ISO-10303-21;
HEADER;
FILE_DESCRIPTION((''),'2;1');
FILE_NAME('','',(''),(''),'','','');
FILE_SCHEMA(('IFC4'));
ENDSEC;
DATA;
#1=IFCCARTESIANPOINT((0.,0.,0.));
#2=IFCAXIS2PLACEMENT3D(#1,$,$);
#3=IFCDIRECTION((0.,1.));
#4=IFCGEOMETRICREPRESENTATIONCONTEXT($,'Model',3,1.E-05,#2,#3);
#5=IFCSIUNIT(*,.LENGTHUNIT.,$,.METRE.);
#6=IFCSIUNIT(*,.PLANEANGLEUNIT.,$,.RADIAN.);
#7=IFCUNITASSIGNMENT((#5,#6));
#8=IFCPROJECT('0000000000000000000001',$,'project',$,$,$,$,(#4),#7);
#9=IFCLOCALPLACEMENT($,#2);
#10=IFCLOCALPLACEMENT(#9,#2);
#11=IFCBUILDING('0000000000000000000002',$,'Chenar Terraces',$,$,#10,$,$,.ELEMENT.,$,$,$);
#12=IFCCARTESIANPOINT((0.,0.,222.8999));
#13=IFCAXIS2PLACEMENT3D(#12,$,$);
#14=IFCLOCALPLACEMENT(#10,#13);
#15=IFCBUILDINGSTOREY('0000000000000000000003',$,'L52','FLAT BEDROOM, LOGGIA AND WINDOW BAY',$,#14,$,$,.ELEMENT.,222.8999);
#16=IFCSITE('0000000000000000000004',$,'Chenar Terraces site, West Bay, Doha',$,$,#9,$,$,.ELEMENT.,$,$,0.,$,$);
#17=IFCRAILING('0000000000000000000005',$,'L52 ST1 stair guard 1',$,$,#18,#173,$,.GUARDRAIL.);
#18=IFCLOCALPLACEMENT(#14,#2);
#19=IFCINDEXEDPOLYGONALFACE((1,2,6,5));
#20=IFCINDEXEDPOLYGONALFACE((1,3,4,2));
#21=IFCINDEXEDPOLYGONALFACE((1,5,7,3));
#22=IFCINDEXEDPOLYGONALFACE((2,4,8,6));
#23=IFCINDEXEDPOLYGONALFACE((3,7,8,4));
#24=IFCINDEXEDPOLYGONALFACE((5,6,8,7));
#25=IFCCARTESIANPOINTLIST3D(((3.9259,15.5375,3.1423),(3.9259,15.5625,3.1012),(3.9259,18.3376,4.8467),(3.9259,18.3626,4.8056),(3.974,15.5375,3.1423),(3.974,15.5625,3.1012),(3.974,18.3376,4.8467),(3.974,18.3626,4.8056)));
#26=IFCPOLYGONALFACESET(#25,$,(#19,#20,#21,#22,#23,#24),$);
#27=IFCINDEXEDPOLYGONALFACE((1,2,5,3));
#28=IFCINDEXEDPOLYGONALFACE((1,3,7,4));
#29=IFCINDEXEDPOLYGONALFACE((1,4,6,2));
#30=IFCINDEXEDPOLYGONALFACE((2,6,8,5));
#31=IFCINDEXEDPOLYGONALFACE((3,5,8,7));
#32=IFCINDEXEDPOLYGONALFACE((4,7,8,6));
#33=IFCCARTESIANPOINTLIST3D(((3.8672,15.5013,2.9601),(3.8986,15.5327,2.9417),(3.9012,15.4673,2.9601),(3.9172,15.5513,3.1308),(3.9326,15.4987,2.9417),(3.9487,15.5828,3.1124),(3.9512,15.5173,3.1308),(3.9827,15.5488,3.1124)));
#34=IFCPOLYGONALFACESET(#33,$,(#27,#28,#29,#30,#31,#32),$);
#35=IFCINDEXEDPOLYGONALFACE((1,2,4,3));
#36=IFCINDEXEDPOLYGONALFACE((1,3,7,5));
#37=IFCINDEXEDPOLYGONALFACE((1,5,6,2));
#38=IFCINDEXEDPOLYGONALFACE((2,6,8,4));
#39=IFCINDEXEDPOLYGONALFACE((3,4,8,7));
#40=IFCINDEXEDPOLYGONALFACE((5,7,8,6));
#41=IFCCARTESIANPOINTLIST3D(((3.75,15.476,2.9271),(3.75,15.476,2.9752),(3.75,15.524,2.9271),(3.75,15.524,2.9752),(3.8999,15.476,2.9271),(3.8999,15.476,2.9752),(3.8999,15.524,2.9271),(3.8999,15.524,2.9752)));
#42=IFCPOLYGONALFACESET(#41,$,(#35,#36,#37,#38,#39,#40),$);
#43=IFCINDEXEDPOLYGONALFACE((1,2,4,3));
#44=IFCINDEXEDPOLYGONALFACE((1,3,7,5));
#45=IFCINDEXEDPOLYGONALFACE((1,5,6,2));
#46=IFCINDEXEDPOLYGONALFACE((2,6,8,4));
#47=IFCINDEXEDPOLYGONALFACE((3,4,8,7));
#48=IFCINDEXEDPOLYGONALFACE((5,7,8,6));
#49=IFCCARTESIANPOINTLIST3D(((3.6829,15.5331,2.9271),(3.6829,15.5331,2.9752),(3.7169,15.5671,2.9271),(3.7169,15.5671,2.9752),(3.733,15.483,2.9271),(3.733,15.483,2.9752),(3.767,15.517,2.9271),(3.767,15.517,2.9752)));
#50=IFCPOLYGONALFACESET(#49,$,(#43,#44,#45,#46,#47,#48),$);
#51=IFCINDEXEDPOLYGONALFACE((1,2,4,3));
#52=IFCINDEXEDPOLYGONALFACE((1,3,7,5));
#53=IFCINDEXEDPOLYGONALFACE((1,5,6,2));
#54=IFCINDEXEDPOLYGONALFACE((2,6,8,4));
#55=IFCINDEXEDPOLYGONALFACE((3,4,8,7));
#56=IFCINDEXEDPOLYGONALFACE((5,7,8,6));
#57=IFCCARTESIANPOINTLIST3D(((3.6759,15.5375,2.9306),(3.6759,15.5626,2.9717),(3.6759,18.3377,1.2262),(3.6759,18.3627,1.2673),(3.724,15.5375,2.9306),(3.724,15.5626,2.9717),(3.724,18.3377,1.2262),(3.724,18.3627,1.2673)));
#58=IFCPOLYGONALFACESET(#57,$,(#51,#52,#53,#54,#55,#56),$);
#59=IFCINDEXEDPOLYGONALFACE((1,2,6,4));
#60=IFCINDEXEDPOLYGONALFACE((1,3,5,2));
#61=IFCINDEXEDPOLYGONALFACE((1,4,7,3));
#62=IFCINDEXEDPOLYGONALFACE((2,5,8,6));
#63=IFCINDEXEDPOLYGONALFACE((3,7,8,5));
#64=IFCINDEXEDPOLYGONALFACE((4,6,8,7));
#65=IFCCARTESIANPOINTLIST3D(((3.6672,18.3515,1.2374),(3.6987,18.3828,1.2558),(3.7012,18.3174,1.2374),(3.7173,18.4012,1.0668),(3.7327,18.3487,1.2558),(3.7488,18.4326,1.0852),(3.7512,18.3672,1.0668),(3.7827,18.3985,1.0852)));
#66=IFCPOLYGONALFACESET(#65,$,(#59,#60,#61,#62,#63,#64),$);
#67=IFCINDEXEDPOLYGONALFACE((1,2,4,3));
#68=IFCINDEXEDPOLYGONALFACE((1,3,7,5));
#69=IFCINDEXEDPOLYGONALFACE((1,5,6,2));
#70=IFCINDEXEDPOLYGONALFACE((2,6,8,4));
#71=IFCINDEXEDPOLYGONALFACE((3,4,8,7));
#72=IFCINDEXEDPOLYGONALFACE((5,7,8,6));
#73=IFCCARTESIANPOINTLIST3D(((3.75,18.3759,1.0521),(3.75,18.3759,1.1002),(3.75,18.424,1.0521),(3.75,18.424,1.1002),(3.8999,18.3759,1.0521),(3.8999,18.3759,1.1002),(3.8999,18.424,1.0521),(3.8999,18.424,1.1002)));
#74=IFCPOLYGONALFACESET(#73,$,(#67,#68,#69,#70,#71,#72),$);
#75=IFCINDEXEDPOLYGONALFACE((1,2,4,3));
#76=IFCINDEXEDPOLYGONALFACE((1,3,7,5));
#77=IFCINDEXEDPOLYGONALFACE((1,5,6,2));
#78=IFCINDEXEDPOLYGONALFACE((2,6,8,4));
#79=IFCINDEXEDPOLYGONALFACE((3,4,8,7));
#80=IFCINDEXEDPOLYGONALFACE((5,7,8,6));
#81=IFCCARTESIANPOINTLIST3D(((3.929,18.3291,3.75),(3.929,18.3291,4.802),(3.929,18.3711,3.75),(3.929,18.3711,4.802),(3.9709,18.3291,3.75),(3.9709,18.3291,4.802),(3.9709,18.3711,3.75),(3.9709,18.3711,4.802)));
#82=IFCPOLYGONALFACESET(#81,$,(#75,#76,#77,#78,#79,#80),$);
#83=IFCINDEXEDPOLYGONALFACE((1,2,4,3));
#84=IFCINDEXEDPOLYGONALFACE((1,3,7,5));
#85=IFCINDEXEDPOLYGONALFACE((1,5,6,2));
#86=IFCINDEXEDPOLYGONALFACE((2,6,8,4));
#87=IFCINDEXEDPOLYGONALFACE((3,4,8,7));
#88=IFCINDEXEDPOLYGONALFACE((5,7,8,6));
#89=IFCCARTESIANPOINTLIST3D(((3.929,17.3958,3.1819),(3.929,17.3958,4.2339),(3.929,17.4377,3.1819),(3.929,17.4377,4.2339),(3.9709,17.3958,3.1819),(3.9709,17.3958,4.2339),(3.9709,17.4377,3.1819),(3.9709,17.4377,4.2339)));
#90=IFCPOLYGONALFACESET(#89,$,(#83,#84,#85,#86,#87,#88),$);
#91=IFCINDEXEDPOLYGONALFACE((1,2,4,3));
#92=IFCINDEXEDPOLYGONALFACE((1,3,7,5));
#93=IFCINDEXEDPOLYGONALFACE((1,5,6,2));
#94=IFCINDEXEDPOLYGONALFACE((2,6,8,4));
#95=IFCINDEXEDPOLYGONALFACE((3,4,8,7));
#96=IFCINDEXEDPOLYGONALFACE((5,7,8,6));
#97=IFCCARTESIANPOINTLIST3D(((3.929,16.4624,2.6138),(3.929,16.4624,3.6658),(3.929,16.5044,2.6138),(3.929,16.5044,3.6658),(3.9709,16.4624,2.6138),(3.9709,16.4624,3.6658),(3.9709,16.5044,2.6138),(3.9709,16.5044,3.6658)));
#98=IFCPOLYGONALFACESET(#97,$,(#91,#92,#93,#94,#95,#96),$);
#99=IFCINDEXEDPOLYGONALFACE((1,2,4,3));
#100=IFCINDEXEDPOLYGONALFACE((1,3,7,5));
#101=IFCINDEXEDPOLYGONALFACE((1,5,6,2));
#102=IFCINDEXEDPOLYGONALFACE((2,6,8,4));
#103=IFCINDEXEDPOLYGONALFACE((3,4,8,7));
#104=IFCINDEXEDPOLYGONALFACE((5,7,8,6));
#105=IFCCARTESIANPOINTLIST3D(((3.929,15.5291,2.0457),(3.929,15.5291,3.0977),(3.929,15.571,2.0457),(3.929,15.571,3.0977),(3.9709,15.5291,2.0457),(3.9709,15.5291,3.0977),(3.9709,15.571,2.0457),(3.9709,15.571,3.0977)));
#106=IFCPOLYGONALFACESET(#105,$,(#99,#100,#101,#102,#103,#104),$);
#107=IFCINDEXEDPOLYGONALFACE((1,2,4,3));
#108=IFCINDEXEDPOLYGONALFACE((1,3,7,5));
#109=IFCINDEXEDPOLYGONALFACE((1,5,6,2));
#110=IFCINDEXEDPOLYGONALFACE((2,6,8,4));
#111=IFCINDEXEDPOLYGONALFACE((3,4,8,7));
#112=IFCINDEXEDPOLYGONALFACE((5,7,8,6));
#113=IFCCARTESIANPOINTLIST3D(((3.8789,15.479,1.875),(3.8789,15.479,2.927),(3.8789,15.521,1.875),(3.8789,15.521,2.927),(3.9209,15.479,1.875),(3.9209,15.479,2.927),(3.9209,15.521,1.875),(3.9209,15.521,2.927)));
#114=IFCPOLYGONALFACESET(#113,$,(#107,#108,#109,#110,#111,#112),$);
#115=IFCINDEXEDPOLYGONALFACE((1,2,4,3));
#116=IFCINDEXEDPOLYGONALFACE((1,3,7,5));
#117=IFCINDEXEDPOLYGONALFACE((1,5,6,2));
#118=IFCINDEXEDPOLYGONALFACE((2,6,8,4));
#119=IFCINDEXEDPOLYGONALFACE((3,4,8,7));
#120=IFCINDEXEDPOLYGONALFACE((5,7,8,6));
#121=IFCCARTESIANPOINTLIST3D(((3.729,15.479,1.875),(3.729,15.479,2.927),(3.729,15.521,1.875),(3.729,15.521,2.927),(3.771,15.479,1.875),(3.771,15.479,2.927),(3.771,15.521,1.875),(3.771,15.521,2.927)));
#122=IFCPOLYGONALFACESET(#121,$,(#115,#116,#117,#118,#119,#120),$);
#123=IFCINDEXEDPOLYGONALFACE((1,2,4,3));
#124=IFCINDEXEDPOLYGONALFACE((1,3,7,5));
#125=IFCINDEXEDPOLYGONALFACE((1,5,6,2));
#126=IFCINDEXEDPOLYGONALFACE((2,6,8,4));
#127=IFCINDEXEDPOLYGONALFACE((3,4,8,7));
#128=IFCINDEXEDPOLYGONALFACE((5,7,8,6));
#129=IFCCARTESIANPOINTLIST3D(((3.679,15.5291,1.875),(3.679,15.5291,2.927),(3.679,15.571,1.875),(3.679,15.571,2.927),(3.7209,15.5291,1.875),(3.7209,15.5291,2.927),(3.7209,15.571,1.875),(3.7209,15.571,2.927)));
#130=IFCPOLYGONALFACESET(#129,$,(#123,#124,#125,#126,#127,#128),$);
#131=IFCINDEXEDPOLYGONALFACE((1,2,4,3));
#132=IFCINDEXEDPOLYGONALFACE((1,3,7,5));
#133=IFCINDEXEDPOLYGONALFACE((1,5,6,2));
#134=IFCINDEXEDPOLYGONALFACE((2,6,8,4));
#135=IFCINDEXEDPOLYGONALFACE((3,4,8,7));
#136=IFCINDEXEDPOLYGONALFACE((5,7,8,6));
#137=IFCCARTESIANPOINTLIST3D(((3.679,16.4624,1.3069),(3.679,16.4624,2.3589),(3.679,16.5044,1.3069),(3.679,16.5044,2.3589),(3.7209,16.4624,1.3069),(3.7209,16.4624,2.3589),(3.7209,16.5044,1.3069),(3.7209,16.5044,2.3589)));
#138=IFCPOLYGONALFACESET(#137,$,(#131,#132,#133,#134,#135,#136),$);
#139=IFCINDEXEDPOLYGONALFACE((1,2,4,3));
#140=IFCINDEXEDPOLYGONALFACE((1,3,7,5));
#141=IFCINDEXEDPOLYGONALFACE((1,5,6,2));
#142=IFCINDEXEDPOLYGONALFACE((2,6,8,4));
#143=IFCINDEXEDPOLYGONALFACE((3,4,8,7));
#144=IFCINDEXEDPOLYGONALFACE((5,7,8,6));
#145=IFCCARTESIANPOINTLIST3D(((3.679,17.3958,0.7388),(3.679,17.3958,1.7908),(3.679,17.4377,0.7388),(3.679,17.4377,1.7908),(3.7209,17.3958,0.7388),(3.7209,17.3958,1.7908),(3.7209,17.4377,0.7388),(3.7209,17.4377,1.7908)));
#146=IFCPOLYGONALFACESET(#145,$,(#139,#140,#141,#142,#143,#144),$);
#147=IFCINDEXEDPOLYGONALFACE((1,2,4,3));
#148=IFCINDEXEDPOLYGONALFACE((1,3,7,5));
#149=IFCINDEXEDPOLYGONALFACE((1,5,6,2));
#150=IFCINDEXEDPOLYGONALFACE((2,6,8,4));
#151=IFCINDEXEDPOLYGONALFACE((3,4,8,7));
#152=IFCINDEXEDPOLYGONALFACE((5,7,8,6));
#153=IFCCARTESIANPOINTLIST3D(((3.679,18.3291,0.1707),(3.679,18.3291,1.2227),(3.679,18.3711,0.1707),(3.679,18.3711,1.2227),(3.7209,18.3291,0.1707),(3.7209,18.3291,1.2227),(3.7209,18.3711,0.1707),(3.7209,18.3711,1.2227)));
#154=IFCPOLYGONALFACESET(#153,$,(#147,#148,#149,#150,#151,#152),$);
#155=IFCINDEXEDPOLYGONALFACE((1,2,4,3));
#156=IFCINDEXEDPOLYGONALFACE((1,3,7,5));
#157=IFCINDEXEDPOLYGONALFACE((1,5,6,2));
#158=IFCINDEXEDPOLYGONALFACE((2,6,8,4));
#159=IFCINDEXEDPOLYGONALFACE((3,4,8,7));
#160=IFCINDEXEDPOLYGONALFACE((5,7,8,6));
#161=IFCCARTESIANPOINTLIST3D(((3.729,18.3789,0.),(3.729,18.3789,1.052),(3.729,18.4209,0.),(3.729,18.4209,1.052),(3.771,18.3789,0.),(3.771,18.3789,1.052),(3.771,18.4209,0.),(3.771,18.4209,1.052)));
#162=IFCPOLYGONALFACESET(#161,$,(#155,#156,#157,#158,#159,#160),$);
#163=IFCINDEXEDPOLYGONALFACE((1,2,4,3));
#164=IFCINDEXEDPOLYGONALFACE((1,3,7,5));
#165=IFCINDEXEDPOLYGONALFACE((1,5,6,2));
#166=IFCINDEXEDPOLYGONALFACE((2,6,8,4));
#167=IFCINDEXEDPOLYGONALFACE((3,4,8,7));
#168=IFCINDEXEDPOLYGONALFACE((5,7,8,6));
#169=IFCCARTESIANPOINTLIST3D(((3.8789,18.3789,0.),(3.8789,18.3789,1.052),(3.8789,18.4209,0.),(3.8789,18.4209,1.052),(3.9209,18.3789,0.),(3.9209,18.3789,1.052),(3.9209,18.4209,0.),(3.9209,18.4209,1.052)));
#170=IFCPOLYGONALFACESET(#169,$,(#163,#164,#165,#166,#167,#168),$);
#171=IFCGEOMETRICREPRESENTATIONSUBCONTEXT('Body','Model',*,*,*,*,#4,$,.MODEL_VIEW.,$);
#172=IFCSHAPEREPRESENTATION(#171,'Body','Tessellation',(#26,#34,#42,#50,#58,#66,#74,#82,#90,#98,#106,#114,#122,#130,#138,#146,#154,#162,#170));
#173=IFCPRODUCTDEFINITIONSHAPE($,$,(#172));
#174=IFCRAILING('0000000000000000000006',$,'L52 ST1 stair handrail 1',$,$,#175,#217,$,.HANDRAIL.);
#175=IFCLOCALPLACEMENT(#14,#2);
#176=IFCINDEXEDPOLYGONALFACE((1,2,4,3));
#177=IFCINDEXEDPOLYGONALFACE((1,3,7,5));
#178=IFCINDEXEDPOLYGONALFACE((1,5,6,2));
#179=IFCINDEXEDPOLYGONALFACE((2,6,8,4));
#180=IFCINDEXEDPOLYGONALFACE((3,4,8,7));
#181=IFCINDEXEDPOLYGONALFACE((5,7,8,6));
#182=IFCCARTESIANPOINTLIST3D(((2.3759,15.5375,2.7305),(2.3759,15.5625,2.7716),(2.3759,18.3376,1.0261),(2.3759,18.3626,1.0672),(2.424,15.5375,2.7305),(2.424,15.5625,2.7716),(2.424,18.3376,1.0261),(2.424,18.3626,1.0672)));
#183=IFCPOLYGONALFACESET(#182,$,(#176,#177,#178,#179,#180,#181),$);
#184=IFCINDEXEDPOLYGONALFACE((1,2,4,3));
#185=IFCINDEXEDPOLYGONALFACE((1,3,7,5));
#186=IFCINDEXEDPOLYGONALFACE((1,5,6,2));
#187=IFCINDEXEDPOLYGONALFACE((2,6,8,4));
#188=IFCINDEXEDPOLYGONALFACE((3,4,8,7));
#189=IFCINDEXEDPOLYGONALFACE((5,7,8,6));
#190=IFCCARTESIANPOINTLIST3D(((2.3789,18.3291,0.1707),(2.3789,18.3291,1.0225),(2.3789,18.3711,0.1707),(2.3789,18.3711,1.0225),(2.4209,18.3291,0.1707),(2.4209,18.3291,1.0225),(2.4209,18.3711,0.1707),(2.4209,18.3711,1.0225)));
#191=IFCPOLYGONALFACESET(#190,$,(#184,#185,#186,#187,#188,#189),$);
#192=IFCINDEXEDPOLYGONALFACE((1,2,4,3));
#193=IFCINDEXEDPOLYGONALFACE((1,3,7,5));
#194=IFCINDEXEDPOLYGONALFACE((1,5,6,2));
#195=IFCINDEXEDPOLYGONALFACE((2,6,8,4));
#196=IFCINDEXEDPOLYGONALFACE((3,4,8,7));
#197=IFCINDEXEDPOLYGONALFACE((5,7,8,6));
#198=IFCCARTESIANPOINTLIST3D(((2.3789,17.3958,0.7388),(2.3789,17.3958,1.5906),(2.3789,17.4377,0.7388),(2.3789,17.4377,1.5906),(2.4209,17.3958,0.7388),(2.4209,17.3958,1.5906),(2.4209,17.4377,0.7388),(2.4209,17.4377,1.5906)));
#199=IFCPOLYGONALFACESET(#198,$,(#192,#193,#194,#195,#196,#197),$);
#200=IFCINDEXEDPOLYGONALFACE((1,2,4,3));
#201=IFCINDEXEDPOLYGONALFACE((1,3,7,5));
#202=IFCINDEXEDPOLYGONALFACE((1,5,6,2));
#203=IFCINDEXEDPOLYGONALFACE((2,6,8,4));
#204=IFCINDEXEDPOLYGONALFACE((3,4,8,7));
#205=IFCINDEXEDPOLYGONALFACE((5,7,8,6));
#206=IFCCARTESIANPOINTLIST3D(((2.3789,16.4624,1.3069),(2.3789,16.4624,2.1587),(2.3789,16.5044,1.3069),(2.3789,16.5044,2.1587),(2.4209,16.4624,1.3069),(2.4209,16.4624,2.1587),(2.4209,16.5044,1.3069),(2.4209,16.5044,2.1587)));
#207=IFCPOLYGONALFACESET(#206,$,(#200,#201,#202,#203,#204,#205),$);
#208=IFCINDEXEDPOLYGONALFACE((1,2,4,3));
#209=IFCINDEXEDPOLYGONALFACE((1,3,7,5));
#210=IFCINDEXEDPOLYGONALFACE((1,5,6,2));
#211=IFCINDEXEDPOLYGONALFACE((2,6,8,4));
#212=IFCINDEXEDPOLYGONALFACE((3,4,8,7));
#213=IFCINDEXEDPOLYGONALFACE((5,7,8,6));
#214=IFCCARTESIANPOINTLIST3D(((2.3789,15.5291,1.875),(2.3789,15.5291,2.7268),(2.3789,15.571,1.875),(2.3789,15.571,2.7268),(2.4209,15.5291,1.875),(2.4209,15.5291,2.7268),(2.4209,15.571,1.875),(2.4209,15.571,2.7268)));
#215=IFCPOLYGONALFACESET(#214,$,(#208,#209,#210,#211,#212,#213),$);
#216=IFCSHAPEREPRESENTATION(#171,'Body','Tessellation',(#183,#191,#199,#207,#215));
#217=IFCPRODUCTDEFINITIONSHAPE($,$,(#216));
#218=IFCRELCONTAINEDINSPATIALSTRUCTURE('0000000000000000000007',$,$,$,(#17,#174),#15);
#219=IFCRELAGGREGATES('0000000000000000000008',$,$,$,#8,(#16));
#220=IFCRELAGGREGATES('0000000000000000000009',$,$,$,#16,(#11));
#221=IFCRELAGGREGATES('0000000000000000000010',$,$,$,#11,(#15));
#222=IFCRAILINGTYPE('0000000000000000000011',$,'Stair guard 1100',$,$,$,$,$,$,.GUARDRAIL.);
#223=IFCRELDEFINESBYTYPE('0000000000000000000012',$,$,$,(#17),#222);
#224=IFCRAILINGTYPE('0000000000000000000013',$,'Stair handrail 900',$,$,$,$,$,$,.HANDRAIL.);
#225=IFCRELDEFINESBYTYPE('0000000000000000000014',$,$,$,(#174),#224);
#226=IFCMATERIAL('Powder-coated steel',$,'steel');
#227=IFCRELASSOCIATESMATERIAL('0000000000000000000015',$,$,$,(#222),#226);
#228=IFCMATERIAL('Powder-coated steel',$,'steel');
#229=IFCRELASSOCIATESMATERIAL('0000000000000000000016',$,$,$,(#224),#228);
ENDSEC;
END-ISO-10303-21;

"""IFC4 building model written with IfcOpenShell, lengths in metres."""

from ifc_helpers import new_model, si_unit, direction, frame, origin, origin_2d, place, context, subcontext, project, spatial, rectangle, extrude, material, type_object, element, save


model = new_model("IFC4")

# Units and contexts
model_context = context("Model", 3, precision=1e-05, world=origin(), true_north=direction((0.0, 1.0)))
body_context = subcontext(model_context, "Body", "Model", "MODEL_VIEW")
ifc_project = project(units=[si_unit("LENGTHUNIT", "METRE"), si_unit("PLANEANGLEUNIT", "RADIAN")], contexts=[model_context])

# Site, building, storey
site_placement = place(None, origin())
site = spatial("IfcSite", under=ifc_project, at=site_placement, Name="Chenar Terraces site, West Bay, Doha", CompositionType="ELEMENT", RefElevation=0.0)
building_placement = place(site_placement, origin())
building = spatial("IfcBuilding", under=site, at=building_placement, Name="Chenar Terraces", CompositionType="ELEMENT")
storey_placement = place(building_placement, frame((0.0, 0.0, 222.8999)))
storey = spatial("IfcBuildingStorey", under=building, at=storey_placement, Name="L52", Description="FLAT BEDROOM, LOGGIA AND WINDOW BAY", CompositionType="ELEMENT", Elevation=222.8999)

# Railings
ifc_material_1 = material(Name="Powder-coated steel", Category="steel")
railing_type_1 = type_object("IfcRailingType", Name="Stair guard 1100", PredefinedType="GUARDRAIL", material=ifc_material_1)
railing_1_placement = place(storey_placement, frame((3.95, 18.3501, 3.75)))
element("IfcRailing", 1, at=railing_1_placement, inside=storey, type_object=railing_type_1, Name="L52 ST1 stair guard 1", PredefinedType="GUARDRAIL", context=body_context, shape_type="SweptSolid", body=[
    extrude(rectangle(XDim=0.0481, YDim=0.0481, at=origin_2d()), frame((0.0, 0.0, 1.0762), z_axis=(0.0, -0.854203, -0.51994), x_axis=(1.0, 0.0, 0.0)), (0.0, 0.0, 1.0), 3.2781),
    extrude(rectangle(XDim=0.0481, YDim=0.0481, at=origin_2d()), frame((0.0, -2.8, -0.6284), z_axis=(-0.2709, -0.2709, -0.923703), x_axis=(0.707107, -0.707107, 0.0)), (0.0, 0.0, 1.0), 0.1848),
    extrude(rectangle(XDim=0.0481, YDim=0.0481, at=origin_2d()), frame((-0.05, -2.8501, -0.7988), z_axis=(-1.0, 0.0, 0.0), x_axis=(0.0, -1.0, 0.0)), (0.0, 0.0, 1.0), 0.1499),
    extrude(rectangle(XDim=0.0481, YDim=0.0481, at=origin_2d()), frame((-0.2, -2.8501, -0.7988), z_axis=(-0.707107, 0.707107, 0.0), x_axis=(-0.707107, -0.707107, 0.0)), (0.0, 0.0, 1.0), 0.0708),
    extrude(rectangle(XDim=0.0481, YDim=0.0481, at=origin_2d()), frame((-0.25, -2.8, -0.7988), z_axis=(0.0, 0.854203, -0.51994), x_axis=(-1.0, 0.0, 0.0)), (0.0, 0.0, 1.0), 3.2781),
    extrude(rectangle(XDim=0.0481, YDim=0.0481, at=origin_2d()), frame((-0.25, 0.0, -2.5034), z_axis=(0.270997, 0.269675, -0.924033), x_axis=(-0.705376, 0.708834, 0.0)), (0.0, 0.0, 1.0), 0.1846),
    extrude(rectangle(XDim=0.0481, YDim=0.0481, at=origin_2d()), frame((-0.2, 0.0498, -2.6738), z_axis=(1.0, 0.0, 0.0), x_axis=(0.0, 1.0, 0.0)), (0.0, 0.0, 1.0), 0.1499),
    extrude(rectangle(XDim=0.042, YDim=0.042, at=origin_2d()), origin(), (0.0, 0.0, 1.0), 1.052),
    extrude(rectangle(XDim=0.042, YDim=0.042, at=origin_2d()), frame((0.0, -0.9333, -0.5681)), (0.0, 0.0, 1.0), 1.052),
    extrude(rectangle(XDim=0.042, YDim=0.042, at=origin_2d()), frame((0.0, -1.8667, -1.1362)), (0.0, 0.0, 1.0), 1.052),
    extrude(rectangle(XDim=0.042, YDim=0.042, at=origin_2d()), frame((0.0, -2.8, -1.7043)), (0.0, 0.0, 1.0), 1.052),
    extrude(rectangle(XDim=0.042, YDim=0.042, at=origin_2d()), frame((-0.05, -2.8501, -1.875)), (0.0, 0.0, 1.0), 1.052),
    extrude(rectangle(XDim=0.042, YDim=0.042, at=origin_2d()), frame((-0.2, -2.8501, -1.875)), (0.0, 0.0, 1.0), 1.052),
    extrude(rectangle(XDim=0.042, YDim=0.042, at=origin_2d()), frame((-0.25, -2.8, -1.875)), (0.0, 0.0, 1.0), 1.052),
    extrude(rectangle(XDim=0.042, YDim=0.042, at=origin_2d()), frame((-0.25, -1.8667, -2.4431)), (0.0, 0.0, 1.0), 1.052),
    extrude(rectangle(XDim=0.042, YDim=0.042, at=origin_2d()), frame((-0.25, -0.9333, -3.0112)), (0.0, 0.0, 1.0), 1.052),
    extrude(rectangle(XDim=0.042, YDim=0.042, at=origin_2d()), frame((-0.25, 0.0, -3.5793)), (0.0, 0.0, 1.0), 1.052),
    extrude(rectangle(XDim=0.042, YDim=0.042, at=origin_2d()), frame((-0.2, 0.0498, -3.75)), (0.0, 0.0, 1.0), 1.052),
    extrude(rectangle(XDim=0.042, YDim=0.042, at=origin_2d()), frame((-0.05, 0.0498, -3.75)), (0.0, 0.0, 1.0), 1.052),
])
ifc_material_2 = material(Name="Powder-coated steel", Category="steel")
railing_type_2 = type_object("IfcRailingType", Name="Stair handrail 900", PredefinedType="HANDRAIL", material=ifc_material_2)
railing_2_placement = place(storey_placement, frame((2.3999, 18.3501, 0.1707)))
element("IfcRailing", 2, at=railing_2_placement, inside=storey, type_object=railing_type_2, Name="L52 ST1 stair handrail 1", PredefinedType="HANDRAIL", context=body_context, shape_type="SweptSolid", body=[
    extrude(rectangle(XDim=0.0481, YDim=0.0481, at=origin_2d()), frame((0.0, 0.0, 0.876), z_axis=(0.0, -0.854203, 0.51994), x_axis=(1.0, 0.0, 0.0)), (0.0, 0.0, 1.0), 3.2781),
    extrude(rectangle(XDim=0.042, YDim=0.042, at=origin_2d()), origin(), (0.0, 0.0, 1.0), 0.8518),
    extrude(rectangle(XDim=0.042, YDim=0.042, at=origin_2d()), frame((0.0, -0.9333, 0.5681)), (0.0, 0.0, 1.0), 0.8518),
    extrude(rectangle(XDim=0.042, YDim=0.042, at=origin_2d()), frame((0.0, -1.8667, 1.1362)), (0.0, 0.0, 1.0), 0.8518),
    extrude(rectangle(XDim=0.042, YDim=0.042, at=origin_2d()), frame((0.0, -2.8, 1.7043)), (0.0, 0.0, 1.0), 0.8518),
])

save(model, "model.ifc")
